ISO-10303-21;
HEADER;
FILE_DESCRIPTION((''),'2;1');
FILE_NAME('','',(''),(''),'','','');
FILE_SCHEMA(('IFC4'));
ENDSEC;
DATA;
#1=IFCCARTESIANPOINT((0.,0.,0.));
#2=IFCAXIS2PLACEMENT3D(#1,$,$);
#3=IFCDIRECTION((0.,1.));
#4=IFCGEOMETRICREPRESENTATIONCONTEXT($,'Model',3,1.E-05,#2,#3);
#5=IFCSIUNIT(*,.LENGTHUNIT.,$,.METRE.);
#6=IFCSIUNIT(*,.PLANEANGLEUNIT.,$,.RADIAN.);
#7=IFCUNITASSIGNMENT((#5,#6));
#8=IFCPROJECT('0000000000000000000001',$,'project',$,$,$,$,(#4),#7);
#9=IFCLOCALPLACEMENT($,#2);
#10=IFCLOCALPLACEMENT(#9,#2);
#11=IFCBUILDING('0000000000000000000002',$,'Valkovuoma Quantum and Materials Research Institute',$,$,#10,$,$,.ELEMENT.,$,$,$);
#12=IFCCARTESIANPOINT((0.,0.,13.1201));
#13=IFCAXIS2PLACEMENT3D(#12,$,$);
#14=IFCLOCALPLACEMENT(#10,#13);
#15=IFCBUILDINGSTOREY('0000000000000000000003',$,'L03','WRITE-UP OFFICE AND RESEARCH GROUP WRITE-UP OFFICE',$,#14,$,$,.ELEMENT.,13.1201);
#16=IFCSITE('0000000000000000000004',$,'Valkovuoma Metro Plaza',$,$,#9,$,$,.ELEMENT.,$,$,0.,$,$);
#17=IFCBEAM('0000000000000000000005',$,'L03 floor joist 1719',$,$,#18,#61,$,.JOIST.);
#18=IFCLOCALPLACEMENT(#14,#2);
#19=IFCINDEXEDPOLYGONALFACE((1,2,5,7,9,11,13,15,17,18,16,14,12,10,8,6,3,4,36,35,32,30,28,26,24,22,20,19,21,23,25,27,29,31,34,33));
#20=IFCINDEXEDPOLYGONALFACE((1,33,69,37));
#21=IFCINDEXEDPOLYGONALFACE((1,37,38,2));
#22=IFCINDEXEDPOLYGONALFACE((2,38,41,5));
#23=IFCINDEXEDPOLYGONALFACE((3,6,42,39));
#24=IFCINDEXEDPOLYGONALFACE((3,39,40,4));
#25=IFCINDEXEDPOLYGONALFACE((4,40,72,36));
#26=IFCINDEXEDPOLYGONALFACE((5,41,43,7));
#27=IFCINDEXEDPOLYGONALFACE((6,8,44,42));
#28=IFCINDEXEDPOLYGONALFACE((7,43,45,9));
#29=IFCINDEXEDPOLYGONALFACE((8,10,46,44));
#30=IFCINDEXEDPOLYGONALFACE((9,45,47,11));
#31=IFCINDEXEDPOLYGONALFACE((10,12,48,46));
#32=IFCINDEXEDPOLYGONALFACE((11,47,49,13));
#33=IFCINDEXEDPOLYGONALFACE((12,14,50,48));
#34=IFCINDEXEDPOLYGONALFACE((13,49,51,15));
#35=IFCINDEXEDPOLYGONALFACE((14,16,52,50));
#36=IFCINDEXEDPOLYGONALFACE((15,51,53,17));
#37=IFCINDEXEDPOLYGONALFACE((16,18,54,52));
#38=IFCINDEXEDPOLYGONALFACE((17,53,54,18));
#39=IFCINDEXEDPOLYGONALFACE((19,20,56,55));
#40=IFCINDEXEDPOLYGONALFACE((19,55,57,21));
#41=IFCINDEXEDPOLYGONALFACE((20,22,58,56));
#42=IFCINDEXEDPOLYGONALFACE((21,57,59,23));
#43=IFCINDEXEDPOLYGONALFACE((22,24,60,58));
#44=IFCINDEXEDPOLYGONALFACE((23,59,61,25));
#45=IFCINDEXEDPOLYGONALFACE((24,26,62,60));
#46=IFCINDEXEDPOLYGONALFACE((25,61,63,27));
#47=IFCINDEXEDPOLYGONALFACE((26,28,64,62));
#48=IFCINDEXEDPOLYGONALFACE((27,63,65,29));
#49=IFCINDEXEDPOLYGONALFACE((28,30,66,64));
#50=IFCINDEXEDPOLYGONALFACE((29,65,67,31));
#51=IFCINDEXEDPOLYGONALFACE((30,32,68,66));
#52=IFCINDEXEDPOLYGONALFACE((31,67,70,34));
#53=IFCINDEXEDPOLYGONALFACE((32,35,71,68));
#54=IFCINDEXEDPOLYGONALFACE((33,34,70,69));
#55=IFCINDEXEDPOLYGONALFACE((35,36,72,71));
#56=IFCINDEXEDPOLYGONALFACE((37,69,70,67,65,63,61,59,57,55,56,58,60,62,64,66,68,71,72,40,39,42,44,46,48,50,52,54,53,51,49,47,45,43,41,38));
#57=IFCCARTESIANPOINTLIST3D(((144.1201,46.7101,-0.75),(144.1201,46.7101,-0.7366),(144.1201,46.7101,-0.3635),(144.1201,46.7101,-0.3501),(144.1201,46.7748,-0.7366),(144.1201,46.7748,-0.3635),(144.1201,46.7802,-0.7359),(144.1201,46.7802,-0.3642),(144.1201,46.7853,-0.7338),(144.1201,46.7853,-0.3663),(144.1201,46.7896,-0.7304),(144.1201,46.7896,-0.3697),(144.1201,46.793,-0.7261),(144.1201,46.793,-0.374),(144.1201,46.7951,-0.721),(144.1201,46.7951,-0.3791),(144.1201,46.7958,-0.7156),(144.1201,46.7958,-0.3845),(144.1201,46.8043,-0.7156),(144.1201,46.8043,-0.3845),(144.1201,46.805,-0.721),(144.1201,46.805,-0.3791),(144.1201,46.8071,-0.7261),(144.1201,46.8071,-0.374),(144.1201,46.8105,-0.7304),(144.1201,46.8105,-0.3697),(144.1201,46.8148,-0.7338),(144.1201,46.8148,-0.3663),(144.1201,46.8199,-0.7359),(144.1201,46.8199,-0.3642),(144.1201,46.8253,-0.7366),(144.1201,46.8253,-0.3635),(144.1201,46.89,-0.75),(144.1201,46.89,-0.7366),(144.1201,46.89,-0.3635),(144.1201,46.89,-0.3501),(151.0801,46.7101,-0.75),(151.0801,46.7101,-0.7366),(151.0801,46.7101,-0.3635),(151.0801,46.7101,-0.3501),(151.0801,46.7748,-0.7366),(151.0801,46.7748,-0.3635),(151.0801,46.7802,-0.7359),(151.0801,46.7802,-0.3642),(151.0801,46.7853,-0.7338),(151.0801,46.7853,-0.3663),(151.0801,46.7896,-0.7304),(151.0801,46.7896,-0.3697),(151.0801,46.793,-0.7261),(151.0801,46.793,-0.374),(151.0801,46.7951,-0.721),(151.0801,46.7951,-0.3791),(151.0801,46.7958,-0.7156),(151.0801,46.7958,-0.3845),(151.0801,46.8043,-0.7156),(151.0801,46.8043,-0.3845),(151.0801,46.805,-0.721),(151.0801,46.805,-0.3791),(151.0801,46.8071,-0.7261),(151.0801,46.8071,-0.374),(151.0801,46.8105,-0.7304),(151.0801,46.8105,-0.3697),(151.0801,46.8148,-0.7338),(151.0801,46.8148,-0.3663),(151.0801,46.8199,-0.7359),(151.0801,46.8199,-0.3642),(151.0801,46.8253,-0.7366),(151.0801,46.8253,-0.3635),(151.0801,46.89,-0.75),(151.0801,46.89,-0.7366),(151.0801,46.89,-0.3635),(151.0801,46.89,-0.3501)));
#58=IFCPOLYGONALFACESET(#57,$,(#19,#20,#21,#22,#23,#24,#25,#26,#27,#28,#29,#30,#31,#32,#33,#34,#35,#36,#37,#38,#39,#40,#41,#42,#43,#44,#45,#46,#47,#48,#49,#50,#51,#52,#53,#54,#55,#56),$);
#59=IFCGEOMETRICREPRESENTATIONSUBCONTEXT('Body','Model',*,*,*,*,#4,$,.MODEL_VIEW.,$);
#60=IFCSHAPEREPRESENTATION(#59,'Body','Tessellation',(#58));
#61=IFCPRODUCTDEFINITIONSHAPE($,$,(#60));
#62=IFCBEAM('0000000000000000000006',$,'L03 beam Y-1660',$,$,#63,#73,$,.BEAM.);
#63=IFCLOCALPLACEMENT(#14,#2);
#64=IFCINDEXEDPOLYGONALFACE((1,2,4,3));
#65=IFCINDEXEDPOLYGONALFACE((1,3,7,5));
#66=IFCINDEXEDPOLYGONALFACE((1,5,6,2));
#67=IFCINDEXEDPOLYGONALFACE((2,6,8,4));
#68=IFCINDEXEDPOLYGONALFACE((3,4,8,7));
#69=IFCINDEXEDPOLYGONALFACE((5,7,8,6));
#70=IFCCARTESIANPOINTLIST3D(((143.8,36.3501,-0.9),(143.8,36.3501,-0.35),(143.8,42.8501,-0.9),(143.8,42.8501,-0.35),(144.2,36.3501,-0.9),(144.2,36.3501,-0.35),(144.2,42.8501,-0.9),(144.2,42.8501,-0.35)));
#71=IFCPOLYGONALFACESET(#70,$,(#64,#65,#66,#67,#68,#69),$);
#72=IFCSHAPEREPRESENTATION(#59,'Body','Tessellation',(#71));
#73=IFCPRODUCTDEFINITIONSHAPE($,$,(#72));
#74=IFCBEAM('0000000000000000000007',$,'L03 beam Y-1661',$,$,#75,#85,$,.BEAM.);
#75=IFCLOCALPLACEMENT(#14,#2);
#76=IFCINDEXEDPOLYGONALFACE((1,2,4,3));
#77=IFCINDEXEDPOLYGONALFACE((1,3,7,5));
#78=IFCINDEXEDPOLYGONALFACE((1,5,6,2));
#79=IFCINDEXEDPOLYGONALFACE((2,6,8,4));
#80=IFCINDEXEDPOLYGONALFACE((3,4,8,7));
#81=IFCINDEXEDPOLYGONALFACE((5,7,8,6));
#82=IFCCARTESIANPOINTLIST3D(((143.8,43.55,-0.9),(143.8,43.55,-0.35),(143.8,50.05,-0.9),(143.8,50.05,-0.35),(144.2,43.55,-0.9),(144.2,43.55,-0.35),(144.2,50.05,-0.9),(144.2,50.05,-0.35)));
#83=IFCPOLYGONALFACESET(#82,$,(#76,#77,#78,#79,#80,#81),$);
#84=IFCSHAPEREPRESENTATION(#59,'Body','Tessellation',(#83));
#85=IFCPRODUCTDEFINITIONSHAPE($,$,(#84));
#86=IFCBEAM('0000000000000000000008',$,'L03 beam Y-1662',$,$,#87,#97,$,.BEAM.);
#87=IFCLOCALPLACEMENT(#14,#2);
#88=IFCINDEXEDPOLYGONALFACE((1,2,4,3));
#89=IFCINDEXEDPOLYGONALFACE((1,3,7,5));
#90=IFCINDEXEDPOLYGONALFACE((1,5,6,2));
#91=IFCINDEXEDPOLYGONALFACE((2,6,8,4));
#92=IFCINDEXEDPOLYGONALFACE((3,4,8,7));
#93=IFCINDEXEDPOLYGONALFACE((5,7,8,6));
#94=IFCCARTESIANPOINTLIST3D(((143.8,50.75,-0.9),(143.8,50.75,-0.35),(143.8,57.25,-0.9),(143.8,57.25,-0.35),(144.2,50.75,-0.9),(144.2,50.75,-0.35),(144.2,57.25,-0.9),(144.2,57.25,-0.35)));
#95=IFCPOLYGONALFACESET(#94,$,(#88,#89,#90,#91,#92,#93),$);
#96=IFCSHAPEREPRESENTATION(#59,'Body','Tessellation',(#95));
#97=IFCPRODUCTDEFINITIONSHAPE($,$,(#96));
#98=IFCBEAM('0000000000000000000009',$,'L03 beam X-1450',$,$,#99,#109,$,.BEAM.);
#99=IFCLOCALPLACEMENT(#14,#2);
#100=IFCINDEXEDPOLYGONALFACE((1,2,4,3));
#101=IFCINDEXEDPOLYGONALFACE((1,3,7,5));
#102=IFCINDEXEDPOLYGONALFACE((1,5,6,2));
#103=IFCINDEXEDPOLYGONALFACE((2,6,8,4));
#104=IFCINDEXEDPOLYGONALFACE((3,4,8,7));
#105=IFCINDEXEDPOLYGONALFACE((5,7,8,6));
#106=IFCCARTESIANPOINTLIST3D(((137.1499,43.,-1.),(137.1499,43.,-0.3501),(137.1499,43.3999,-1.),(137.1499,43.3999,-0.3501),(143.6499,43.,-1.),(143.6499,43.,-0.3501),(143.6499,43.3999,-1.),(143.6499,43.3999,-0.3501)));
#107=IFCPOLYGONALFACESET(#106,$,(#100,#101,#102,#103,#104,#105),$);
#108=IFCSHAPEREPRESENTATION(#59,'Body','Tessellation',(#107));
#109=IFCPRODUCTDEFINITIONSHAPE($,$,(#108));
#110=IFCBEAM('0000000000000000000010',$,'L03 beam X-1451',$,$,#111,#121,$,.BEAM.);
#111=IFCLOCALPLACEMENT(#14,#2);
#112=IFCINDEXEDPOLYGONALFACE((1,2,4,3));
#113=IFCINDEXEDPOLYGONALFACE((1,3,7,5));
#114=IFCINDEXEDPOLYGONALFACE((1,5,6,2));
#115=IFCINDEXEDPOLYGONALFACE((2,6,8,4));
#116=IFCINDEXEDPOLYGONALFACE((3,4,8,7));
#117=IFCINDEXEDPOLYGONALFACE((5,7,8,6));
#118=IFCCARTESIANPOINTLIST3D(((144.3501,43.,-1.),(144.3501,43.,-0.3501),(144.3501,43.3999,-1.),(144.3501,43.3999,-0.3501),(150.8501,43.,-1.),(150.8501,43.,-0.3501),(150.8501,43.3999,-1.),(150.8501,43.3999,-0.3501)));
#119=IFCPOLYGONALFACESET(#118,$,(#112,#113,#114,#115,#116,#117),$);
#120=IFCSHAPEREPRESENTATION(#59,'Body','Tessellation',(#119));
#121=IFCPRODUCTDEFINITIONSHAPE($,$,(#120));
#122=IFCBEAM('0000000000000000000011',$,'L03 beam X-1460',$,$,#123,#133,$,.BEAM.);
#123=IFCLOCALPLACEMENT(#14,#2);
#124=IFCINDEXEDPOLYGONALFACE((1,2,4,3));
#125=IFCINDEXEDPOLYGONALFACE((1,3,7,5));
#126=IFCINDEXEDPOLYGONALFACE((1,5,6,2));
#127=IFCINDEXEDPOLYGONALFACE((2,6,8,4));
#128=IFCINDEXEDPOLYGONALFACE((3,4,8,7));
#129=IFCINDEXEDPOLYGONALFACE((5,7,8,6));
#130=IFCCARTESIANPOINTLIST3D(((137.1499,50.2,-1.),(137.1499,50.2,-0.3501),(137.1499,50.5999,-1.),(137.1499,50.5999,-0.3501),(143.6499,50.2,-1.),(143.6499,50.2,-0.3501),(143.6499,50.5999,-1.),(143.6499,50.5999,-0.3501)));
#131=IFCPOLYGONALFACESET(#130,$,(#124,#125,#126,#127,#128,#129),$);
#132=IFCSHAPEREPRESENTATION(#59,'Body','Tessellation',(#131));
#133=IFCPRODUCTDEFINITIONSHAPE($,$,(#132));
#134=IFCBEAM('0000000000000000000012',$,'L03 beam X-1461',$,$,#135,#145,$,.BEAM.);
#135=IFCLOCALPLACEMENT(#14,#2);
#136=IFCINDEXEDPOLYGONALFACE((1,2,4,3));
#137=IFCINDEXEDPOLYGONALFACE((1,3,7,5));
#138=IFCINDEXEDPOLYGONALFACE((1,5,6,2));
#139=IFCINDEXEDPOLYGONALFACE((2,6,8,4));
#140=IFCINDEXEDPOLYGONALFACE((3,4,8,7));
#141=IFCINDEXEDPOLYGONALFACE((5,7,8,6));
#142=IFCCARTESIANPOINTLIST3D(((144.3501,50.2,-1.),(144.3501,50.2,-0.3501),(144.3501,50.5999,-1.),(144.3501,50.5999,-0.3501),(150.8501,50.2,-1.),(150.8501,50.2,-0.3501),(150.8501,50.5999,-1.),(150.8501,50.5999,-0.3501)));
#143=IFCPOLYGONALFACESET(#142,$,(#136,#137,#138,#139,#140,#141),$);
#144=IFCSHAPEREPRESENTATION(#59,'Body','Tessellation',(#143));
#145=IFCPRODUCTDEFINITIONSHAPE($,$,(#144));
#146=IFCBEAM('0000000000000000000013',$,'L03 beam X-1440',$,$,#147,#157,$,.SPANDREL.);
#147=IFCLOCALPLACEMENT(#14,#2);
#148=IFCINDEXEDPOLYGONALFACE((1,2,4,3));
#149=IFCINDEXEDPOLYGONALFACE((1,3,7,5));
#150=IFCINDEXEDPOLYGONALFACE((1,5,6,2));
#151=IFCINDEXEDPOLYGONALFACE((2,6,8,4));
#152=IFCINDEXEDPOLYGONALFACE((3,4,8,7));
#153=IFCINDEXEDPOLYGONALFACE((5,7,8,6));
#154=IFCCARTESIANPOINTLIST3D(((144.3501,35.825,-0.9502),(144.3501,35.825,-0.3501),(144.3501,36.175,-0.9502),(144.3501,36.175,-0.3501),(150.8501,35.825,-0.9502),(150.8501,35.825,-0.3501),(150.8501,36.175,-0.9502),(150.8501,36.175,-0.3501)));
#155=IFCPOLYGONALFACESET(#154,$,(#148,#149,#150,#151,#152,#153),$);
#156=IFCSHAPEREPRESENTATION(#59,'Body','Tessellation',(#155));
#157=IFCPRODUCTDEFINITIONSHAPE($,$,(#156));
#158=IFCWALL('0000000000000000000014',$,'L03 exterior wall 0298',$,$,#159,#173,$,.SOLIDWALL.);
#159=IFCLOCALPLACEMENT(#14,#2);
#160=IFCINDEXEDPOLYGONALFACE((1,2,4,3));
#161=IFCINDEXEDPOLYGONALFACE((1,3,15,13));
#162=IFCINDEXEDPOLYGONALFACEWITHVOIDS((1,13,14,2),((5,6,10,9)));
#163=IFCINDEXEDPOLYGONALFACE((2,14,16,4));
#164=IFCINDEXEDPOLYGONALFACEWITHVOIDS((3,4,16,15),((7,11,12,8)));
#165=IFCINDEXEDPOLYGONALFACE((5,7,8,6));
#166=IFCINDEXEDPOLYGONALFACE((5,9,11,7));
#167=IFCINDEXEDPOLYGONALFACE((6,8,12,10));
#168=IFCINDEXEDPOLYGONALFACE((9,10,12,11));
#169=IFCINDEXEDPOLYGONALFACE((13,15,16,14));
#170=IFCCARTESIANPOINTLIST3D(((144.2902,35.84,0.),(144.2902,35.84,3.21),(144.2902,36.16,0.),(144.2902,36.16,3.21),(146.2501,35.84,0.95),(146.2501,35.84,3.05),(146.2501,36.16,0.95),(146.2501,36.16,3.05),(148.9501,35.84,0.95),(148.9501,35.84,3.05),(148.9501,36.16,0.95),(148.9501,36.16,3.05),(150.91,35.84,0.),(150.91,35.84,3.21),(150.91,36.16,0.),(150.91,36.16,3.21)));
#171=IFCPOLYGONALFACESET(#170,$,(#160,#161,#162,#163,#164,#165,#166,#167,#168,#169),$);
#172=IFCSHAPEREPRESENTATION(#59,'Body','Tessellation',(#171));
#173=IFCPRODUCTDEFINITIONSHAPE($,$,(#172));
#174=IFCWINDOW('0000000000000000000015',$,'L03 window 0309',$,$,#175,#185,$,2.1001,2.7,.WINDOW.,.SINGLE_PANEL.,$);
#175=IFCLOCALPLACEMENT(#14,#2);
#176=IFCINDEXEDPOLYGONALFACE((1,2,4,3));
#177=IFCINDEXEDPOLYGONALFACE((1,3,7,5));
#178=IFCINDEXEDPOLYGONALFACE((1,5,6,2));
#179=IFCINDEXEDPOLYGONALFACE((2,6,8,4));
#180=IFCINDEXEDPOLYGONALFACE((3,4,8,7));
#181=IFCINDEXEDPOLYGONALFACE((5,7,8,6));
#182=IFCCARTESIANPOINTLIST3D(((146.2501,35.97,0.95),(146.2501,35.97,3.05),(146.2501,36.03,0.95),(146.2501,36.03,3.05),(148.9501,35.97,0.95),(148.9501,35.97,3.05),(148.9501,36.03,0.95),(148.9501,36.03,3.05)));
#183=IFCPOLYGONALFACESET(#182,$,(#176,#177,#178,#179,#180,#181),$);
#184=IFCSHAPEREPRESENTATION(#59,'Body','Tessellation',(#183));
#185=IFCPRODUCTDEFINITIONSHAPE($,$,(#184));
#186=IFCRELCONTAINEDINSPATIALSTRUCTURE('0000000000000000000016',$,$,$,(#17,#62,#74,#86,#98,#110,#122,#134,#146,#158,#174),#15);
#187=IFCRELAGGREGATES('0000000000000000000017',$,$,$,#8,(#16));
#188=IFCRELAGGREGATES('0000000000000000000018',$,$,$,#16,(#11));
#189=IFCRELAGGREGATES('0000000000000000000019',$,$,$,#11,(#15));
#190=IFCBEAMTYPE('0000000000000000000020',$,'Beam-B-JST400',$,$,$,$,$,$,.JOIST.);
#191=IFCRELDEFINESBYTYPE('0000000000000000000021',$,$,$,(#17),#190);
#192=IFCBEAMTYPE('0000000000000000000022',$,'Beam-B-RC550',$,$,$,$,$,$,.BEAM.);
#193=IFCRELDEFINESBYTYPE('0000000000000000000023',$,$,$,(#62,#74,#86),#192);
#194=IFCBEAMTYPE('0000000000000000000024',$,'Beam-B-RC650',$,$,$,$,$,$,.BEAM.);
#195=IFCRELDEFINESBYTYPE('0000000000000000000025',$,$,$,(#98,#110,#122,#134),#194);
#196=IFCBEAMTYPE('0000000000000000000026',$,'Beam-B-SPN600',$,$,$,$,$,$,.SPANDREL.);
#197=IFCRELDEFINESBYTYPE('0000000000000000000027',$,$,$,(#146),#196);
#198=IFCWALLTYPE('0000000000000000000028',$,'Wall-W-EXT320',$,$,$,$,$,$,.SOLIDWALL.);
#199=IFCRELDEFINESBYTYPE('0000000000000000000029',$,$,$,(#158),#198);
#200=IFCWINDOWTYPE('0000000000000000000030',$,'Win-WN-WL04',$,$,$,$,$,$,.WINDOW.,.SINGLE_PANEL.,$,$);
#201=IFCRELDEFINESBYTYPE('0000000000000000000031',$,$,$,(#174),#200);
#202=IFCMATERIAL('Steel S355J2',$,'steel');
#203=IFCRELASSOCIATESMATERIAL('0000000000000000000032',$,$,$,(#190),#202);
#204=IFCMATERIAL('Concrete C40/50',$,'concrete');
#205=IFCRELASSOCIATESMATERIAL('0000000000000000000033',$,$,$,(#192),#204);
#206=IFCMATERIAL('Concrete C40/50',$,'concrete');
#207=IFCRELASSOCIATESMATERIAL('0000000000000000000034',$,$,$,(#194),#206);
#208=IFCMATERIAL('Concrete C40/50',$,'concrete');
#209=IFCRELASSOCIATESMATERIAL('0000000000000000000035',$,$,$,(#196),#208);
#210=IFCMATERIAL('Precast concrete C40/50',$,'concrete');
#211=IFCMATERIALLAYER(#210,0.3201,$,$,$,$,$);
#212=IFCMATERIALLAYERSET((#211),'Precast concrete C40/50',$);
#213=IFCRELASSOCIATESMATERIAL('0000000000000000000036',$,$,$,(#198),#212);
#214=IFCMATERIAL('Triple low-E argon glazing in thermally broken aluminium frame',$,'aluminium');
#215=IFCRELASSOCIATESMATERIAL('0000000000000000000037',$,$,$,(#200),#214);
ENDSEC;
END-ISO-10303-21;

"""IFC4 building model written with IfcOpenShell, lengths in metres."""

from ifc_helpers import new_model, si_unit, direction, frame, frame_2d, origin, origin_2d, place, context, subcontext, project, spatial, rectangle, i_section, extrude, material, layer, layer_set, material_profile, profile_set, type_object, element, fill, save


model = new_model("IFC4")

# Units and contexts
model_context = context("Model", 3, precision=1e-05, world=origin(), true_north=direction((0.0, 1.0)))
body_context = subcontext(model_context, "Body", "Model", "MODEL_VIEW")
ifc_project = project(units=[si_unit("LENGTHUNIT", "METRE"), si_unit("PLANEANGLEUNIT", "RADIAN")], contexts=[model_context])

# Site, building, storey
site_placement = place(None, origin())
site = spatial("IfcSite", under=ifc_project, at=site_placement, Name="Valkovuoma Metro Plaza", CompositionType="ELEMENT", RefElevation=0.0)
building_placement = place(site_placement, origin())
building = spatial("IfcBuilding", under=site, at=building_placement, Name="Valkovuoma Quantum and Materials Research Institute", CompositionType="ELEMENT")
storey_placement = place(building_placement, frame((0.0, 0.0, 13.1201)))
storey = spatial("IfcBuildingStorey", under=building, at=storey_placement, Name="L03", Description="WRITE-UP OFFICE AND RESEARCH GROUP WRITE-UP OFFICE", CompositionType="ELEMENT", Elevation=13.1201)

# Beams
ifc_material_1 = material(Name="Steel S355J2", Category="steel")
ifc_material_profile_1 = material_profile(ifc_material_1, i_section(OverallWidth=0.1799, OverallDepth=0.3999, WebThickness=0.0085, FlangeThickness=0.0134, FilletRadius=0.021, at=origin_2d()), Name="Steel S355J2")
ifc_profile_set_1 = profile_set([ifc_material_profile_1], Name="Steel S355J2")
beam_type_1 = type_object("IfcBeamType", Name="Beam-B-JST400", PredefinedType="JOIST", material=ifc_profile_set_1)
for number, where, z_axis, x_axis, name in (
    (1, (144.1201, 46.8, -0.55), (1.0, 0.0, 0.0), (0.0, 1.0, 0.0), "L03 floor joist 1719"),
):
    element("IfcBeam", number, at=place(storey_placement, frame(where, z_axis=z_axis, x_axis=x_axis)), inside=storey, type_object=beam_type_1, Name=name, PredefinedType="JOIST", context=body_context, shape_type="SweptSolid", body=[
        extrude(i_section(OverallWidth=0.1799, OverallDepth=0.3999, WebThickness=0.0085, FlangeThickness=0.0134, FilletRadius=0.021, at=origin_2d()), origin(), (0.0, 0.0, 1.0), 6.96),
    ])
ifc_material_2 = material(Name="Concrete C40/50", Category="concrete")
ifc_material_profile_2 = material_profile(ifc_material_2, rectangle(XDim=0.3999, YDim=0.55, at=origin_2d()), Name="Concrete C40/50")
ifc_profile_set_2 = profile_set([ifc_material_profile_2], Name="Concrete C40/50")
beam_type_2 = type_object("IfcBeamType", Name="Beam-B-RC550", PredefinedType="BEAM", material=ifc_profile_set_2)
for number, where, z_axis, x_axis, name in (
    (2, (144.0, 36.3501, -0.625), (0.0, 1.0, 0.0), (-1.0, 0.0, 0.0), "L03 beam Y-1660"),
    (3, (144.0, 43.55, -0.625), (0.0, 1.0, 0.0), (-1.0, 0.0, 0.0), "L03 beam Y-1661"),
    (4, (144.0, 50.75, -0.625), (0.0, 1.0, 0.0), (-1.0, 0.0, 0.0), "L03 beam Y-1662"),
):
    element("IfcBeam", number, at=place(storey_placement, frame(where, z_axis=z_axis, x_axis=x_axis)), inside=storey, type_object=beam_type_2, Name=name, PredefinedType="BEAM", context=body_context, shape_type="SweptSolid", body=[
        extrude(rectangle(XDim=0.3999, YDim=0.55, at=origin_2d()), origin(), (0.0, 0.0, 1.0), 6.5),
    ])
ifc_material_3 = material(Name="Concrete C40/50", Category="concrete")
ifc_material_profile_3 = material_profile(ifc_material_3, rectangle(XDim=0.3999, YDim=0.6499, at=origin_2d()), Name="Concrete C40/50")
ifc_profile_set_3 = profile_set([ifc_material_profile_3], Name="Concrete C40/50")
beam_type_3 = type_object("IfcBeamType", Name="Beam-B-RC650", PredefinedType="BEAM", material=ifc_profile_set_3)
for number, where, z_axis, x_axis, name in (
    (5, (137.1499, 43.2, -0.675), (1.0, 0.0, 0.0), (0.0, 1.0, 0.0), "L03 beam X-1450"),
    (6, (144.3501, 43.2, -0.675), (1.0, 0.0, 0.0), (0.0, 1.0, 0.0), "L03 beam X-1451"),
    (7, (137.1499, 50.3999, -0.675), (1.0, 0.0, 0.0), (0.0, 1.0, 0.0), "L03 beam X-1460"),
    (8, (144.3501, 50.3999, -0.675), (1.0, 0.0, 0.0), (0.0, 1.0, 0.0), "L03 beam X-1461"),
):
    element("IfcBeam", number, at=place(storey_placement, frame(where, z_axis=z_axis, x_axis=x_axis)), inside=storey, type_object=beam_type_3, Name=name, PredefinedType="BEAM", context=body_context, shape_type="SweptSolid", body=[
        extrude(rectangle(XDim=0.3999, YDim=0.6499, at=origin_2d()), origin(), (0.0, 0.0, 1.0), 6.5),
    ])
ifc_material_4 = material(Name="Concrete C40/50", Category="concrete")
ifc_material_profile_4 = material_profile(ifc_material_4, rectangle(XDim=0.3501, YDim=0.6001, at=origin_2d()), Name="Concrete C40/50")
ifc_profile_set_4 = profile_set([ifc_material_profile_4], Name="Concrete C40/50")
beam_type_4 = type_object("IfcBeamType", Name="Beam-B-SPN600", PredefinedType="SPANDREL", material=ifc_profile_set_4)
beam_placement = place(storey_placement, frame((144.3501, 36.0, -0.6501), z_axis=(1.0, 0.0, 0.0), x_axis=(0.0, 1.0, 0.0)))
element("IfcBeam", 9, at=beam_placement, inside=storey, type_object=beam_type_4, Name="L03 beam X-1440", PredefinedType="SPANDREL", context=body_context, shape_type="SweptSolid", body=[
    extrude(rectangle(XDim=0.3501, YDim=0.6001, at=origin_2d()), origin(), (0.0, 0.0, 1.0), 6.5),
])

# Wall, opening, window
ifc_material_5 = material(Name="Precast concrete C40/50", Category="concrete")
ifc_layer_1 = layer(ifc_material_5, 0.3201)
ifc_layer_set_1 = layer_set([ifc_layer_1], Name="Precast concrete C40/50")
wall_type_1 = type_object("IfcWallType", Name="Wall-W-EXT320", PredefinedType="SOLIDWALL", material=ifc_layer_set_1)
wall_1_placement = place(storey_placement, frame((144.29, 36.0, 0.0), z_axis=(0.0, 0.0, 1.0), x_axis=(1.0, 0.0, 0.0)))
wall_1 = element("IfcWall", 10, at=wall_1_placement, inside=storey, type_object=wall_type_1, Name="L03 exterior wall 0298", PredefinedType="SOLIDWALL", context=body_context, shape_type="SweptSolid", body=[
    extrude(rectangle(XDim=6.6199, YDim=0.3201, at=frame_2d((3.3101, 0.0))), origin(), (0.0, 0.0, 1.0), 3.21),
])
opening_1_placement = place(wall_1_placement, frame((1.96, 0.0, 0.95)))
opening_1 = element("IfcOpeningElement", 11, at=opening_1_placement, cuts=wall_1, PredefinedType="OPENING", context=body_context, shape_type="SweptSolid", body=[
    extrude(rectangle(XDim=2.7, YDim=2.1001, at=frame_2d((1.3501, 1.05))), frame((0.0, 0.1699, 0.0), z_axis=(0.0, -1.0, 0.0), x_axis=(1.0, 0.0, 0.0)), (0.0, 0.0, 1.0), 0.3401),
])
ifc_material_6 = material(Name="Triple low-E argon glazing in thermally broken aluminium frame", Category="aluminium")
window_type = type_object("IfcWindowType", Name="Win-WN-WL04", PartitioningType="SINGLE_PANEL", PredefinedType="WINDOW", material=ifc_material_6)
window_placement = place(opening_1_placement, origin())
window = element("IfcWindow", 12, at=window_placement, inside=storey, type_object=window_type, Name="L03 window 0309", OverallHeight=2.1001, OverallWidth=2.7, PartitioningType="SINGLE_PANEL", PredefinedType="WINDOW", context=body_context, shape_type="SweptSolid", body=[
    extrude(rectangle(XDim=2.7, YDim=2.1001, at=frame_2d((1.3501, 1.05))), frame((0.0, 0.03, 0.0), z_axis=(0.0, -1.0, 0.0), x_axis=(1.0, 0.0, 0.0)), (0.0, 0.0, 1.0), 0.0601),
])
fill(opening_1, window)

save(model, "model.ifc")
